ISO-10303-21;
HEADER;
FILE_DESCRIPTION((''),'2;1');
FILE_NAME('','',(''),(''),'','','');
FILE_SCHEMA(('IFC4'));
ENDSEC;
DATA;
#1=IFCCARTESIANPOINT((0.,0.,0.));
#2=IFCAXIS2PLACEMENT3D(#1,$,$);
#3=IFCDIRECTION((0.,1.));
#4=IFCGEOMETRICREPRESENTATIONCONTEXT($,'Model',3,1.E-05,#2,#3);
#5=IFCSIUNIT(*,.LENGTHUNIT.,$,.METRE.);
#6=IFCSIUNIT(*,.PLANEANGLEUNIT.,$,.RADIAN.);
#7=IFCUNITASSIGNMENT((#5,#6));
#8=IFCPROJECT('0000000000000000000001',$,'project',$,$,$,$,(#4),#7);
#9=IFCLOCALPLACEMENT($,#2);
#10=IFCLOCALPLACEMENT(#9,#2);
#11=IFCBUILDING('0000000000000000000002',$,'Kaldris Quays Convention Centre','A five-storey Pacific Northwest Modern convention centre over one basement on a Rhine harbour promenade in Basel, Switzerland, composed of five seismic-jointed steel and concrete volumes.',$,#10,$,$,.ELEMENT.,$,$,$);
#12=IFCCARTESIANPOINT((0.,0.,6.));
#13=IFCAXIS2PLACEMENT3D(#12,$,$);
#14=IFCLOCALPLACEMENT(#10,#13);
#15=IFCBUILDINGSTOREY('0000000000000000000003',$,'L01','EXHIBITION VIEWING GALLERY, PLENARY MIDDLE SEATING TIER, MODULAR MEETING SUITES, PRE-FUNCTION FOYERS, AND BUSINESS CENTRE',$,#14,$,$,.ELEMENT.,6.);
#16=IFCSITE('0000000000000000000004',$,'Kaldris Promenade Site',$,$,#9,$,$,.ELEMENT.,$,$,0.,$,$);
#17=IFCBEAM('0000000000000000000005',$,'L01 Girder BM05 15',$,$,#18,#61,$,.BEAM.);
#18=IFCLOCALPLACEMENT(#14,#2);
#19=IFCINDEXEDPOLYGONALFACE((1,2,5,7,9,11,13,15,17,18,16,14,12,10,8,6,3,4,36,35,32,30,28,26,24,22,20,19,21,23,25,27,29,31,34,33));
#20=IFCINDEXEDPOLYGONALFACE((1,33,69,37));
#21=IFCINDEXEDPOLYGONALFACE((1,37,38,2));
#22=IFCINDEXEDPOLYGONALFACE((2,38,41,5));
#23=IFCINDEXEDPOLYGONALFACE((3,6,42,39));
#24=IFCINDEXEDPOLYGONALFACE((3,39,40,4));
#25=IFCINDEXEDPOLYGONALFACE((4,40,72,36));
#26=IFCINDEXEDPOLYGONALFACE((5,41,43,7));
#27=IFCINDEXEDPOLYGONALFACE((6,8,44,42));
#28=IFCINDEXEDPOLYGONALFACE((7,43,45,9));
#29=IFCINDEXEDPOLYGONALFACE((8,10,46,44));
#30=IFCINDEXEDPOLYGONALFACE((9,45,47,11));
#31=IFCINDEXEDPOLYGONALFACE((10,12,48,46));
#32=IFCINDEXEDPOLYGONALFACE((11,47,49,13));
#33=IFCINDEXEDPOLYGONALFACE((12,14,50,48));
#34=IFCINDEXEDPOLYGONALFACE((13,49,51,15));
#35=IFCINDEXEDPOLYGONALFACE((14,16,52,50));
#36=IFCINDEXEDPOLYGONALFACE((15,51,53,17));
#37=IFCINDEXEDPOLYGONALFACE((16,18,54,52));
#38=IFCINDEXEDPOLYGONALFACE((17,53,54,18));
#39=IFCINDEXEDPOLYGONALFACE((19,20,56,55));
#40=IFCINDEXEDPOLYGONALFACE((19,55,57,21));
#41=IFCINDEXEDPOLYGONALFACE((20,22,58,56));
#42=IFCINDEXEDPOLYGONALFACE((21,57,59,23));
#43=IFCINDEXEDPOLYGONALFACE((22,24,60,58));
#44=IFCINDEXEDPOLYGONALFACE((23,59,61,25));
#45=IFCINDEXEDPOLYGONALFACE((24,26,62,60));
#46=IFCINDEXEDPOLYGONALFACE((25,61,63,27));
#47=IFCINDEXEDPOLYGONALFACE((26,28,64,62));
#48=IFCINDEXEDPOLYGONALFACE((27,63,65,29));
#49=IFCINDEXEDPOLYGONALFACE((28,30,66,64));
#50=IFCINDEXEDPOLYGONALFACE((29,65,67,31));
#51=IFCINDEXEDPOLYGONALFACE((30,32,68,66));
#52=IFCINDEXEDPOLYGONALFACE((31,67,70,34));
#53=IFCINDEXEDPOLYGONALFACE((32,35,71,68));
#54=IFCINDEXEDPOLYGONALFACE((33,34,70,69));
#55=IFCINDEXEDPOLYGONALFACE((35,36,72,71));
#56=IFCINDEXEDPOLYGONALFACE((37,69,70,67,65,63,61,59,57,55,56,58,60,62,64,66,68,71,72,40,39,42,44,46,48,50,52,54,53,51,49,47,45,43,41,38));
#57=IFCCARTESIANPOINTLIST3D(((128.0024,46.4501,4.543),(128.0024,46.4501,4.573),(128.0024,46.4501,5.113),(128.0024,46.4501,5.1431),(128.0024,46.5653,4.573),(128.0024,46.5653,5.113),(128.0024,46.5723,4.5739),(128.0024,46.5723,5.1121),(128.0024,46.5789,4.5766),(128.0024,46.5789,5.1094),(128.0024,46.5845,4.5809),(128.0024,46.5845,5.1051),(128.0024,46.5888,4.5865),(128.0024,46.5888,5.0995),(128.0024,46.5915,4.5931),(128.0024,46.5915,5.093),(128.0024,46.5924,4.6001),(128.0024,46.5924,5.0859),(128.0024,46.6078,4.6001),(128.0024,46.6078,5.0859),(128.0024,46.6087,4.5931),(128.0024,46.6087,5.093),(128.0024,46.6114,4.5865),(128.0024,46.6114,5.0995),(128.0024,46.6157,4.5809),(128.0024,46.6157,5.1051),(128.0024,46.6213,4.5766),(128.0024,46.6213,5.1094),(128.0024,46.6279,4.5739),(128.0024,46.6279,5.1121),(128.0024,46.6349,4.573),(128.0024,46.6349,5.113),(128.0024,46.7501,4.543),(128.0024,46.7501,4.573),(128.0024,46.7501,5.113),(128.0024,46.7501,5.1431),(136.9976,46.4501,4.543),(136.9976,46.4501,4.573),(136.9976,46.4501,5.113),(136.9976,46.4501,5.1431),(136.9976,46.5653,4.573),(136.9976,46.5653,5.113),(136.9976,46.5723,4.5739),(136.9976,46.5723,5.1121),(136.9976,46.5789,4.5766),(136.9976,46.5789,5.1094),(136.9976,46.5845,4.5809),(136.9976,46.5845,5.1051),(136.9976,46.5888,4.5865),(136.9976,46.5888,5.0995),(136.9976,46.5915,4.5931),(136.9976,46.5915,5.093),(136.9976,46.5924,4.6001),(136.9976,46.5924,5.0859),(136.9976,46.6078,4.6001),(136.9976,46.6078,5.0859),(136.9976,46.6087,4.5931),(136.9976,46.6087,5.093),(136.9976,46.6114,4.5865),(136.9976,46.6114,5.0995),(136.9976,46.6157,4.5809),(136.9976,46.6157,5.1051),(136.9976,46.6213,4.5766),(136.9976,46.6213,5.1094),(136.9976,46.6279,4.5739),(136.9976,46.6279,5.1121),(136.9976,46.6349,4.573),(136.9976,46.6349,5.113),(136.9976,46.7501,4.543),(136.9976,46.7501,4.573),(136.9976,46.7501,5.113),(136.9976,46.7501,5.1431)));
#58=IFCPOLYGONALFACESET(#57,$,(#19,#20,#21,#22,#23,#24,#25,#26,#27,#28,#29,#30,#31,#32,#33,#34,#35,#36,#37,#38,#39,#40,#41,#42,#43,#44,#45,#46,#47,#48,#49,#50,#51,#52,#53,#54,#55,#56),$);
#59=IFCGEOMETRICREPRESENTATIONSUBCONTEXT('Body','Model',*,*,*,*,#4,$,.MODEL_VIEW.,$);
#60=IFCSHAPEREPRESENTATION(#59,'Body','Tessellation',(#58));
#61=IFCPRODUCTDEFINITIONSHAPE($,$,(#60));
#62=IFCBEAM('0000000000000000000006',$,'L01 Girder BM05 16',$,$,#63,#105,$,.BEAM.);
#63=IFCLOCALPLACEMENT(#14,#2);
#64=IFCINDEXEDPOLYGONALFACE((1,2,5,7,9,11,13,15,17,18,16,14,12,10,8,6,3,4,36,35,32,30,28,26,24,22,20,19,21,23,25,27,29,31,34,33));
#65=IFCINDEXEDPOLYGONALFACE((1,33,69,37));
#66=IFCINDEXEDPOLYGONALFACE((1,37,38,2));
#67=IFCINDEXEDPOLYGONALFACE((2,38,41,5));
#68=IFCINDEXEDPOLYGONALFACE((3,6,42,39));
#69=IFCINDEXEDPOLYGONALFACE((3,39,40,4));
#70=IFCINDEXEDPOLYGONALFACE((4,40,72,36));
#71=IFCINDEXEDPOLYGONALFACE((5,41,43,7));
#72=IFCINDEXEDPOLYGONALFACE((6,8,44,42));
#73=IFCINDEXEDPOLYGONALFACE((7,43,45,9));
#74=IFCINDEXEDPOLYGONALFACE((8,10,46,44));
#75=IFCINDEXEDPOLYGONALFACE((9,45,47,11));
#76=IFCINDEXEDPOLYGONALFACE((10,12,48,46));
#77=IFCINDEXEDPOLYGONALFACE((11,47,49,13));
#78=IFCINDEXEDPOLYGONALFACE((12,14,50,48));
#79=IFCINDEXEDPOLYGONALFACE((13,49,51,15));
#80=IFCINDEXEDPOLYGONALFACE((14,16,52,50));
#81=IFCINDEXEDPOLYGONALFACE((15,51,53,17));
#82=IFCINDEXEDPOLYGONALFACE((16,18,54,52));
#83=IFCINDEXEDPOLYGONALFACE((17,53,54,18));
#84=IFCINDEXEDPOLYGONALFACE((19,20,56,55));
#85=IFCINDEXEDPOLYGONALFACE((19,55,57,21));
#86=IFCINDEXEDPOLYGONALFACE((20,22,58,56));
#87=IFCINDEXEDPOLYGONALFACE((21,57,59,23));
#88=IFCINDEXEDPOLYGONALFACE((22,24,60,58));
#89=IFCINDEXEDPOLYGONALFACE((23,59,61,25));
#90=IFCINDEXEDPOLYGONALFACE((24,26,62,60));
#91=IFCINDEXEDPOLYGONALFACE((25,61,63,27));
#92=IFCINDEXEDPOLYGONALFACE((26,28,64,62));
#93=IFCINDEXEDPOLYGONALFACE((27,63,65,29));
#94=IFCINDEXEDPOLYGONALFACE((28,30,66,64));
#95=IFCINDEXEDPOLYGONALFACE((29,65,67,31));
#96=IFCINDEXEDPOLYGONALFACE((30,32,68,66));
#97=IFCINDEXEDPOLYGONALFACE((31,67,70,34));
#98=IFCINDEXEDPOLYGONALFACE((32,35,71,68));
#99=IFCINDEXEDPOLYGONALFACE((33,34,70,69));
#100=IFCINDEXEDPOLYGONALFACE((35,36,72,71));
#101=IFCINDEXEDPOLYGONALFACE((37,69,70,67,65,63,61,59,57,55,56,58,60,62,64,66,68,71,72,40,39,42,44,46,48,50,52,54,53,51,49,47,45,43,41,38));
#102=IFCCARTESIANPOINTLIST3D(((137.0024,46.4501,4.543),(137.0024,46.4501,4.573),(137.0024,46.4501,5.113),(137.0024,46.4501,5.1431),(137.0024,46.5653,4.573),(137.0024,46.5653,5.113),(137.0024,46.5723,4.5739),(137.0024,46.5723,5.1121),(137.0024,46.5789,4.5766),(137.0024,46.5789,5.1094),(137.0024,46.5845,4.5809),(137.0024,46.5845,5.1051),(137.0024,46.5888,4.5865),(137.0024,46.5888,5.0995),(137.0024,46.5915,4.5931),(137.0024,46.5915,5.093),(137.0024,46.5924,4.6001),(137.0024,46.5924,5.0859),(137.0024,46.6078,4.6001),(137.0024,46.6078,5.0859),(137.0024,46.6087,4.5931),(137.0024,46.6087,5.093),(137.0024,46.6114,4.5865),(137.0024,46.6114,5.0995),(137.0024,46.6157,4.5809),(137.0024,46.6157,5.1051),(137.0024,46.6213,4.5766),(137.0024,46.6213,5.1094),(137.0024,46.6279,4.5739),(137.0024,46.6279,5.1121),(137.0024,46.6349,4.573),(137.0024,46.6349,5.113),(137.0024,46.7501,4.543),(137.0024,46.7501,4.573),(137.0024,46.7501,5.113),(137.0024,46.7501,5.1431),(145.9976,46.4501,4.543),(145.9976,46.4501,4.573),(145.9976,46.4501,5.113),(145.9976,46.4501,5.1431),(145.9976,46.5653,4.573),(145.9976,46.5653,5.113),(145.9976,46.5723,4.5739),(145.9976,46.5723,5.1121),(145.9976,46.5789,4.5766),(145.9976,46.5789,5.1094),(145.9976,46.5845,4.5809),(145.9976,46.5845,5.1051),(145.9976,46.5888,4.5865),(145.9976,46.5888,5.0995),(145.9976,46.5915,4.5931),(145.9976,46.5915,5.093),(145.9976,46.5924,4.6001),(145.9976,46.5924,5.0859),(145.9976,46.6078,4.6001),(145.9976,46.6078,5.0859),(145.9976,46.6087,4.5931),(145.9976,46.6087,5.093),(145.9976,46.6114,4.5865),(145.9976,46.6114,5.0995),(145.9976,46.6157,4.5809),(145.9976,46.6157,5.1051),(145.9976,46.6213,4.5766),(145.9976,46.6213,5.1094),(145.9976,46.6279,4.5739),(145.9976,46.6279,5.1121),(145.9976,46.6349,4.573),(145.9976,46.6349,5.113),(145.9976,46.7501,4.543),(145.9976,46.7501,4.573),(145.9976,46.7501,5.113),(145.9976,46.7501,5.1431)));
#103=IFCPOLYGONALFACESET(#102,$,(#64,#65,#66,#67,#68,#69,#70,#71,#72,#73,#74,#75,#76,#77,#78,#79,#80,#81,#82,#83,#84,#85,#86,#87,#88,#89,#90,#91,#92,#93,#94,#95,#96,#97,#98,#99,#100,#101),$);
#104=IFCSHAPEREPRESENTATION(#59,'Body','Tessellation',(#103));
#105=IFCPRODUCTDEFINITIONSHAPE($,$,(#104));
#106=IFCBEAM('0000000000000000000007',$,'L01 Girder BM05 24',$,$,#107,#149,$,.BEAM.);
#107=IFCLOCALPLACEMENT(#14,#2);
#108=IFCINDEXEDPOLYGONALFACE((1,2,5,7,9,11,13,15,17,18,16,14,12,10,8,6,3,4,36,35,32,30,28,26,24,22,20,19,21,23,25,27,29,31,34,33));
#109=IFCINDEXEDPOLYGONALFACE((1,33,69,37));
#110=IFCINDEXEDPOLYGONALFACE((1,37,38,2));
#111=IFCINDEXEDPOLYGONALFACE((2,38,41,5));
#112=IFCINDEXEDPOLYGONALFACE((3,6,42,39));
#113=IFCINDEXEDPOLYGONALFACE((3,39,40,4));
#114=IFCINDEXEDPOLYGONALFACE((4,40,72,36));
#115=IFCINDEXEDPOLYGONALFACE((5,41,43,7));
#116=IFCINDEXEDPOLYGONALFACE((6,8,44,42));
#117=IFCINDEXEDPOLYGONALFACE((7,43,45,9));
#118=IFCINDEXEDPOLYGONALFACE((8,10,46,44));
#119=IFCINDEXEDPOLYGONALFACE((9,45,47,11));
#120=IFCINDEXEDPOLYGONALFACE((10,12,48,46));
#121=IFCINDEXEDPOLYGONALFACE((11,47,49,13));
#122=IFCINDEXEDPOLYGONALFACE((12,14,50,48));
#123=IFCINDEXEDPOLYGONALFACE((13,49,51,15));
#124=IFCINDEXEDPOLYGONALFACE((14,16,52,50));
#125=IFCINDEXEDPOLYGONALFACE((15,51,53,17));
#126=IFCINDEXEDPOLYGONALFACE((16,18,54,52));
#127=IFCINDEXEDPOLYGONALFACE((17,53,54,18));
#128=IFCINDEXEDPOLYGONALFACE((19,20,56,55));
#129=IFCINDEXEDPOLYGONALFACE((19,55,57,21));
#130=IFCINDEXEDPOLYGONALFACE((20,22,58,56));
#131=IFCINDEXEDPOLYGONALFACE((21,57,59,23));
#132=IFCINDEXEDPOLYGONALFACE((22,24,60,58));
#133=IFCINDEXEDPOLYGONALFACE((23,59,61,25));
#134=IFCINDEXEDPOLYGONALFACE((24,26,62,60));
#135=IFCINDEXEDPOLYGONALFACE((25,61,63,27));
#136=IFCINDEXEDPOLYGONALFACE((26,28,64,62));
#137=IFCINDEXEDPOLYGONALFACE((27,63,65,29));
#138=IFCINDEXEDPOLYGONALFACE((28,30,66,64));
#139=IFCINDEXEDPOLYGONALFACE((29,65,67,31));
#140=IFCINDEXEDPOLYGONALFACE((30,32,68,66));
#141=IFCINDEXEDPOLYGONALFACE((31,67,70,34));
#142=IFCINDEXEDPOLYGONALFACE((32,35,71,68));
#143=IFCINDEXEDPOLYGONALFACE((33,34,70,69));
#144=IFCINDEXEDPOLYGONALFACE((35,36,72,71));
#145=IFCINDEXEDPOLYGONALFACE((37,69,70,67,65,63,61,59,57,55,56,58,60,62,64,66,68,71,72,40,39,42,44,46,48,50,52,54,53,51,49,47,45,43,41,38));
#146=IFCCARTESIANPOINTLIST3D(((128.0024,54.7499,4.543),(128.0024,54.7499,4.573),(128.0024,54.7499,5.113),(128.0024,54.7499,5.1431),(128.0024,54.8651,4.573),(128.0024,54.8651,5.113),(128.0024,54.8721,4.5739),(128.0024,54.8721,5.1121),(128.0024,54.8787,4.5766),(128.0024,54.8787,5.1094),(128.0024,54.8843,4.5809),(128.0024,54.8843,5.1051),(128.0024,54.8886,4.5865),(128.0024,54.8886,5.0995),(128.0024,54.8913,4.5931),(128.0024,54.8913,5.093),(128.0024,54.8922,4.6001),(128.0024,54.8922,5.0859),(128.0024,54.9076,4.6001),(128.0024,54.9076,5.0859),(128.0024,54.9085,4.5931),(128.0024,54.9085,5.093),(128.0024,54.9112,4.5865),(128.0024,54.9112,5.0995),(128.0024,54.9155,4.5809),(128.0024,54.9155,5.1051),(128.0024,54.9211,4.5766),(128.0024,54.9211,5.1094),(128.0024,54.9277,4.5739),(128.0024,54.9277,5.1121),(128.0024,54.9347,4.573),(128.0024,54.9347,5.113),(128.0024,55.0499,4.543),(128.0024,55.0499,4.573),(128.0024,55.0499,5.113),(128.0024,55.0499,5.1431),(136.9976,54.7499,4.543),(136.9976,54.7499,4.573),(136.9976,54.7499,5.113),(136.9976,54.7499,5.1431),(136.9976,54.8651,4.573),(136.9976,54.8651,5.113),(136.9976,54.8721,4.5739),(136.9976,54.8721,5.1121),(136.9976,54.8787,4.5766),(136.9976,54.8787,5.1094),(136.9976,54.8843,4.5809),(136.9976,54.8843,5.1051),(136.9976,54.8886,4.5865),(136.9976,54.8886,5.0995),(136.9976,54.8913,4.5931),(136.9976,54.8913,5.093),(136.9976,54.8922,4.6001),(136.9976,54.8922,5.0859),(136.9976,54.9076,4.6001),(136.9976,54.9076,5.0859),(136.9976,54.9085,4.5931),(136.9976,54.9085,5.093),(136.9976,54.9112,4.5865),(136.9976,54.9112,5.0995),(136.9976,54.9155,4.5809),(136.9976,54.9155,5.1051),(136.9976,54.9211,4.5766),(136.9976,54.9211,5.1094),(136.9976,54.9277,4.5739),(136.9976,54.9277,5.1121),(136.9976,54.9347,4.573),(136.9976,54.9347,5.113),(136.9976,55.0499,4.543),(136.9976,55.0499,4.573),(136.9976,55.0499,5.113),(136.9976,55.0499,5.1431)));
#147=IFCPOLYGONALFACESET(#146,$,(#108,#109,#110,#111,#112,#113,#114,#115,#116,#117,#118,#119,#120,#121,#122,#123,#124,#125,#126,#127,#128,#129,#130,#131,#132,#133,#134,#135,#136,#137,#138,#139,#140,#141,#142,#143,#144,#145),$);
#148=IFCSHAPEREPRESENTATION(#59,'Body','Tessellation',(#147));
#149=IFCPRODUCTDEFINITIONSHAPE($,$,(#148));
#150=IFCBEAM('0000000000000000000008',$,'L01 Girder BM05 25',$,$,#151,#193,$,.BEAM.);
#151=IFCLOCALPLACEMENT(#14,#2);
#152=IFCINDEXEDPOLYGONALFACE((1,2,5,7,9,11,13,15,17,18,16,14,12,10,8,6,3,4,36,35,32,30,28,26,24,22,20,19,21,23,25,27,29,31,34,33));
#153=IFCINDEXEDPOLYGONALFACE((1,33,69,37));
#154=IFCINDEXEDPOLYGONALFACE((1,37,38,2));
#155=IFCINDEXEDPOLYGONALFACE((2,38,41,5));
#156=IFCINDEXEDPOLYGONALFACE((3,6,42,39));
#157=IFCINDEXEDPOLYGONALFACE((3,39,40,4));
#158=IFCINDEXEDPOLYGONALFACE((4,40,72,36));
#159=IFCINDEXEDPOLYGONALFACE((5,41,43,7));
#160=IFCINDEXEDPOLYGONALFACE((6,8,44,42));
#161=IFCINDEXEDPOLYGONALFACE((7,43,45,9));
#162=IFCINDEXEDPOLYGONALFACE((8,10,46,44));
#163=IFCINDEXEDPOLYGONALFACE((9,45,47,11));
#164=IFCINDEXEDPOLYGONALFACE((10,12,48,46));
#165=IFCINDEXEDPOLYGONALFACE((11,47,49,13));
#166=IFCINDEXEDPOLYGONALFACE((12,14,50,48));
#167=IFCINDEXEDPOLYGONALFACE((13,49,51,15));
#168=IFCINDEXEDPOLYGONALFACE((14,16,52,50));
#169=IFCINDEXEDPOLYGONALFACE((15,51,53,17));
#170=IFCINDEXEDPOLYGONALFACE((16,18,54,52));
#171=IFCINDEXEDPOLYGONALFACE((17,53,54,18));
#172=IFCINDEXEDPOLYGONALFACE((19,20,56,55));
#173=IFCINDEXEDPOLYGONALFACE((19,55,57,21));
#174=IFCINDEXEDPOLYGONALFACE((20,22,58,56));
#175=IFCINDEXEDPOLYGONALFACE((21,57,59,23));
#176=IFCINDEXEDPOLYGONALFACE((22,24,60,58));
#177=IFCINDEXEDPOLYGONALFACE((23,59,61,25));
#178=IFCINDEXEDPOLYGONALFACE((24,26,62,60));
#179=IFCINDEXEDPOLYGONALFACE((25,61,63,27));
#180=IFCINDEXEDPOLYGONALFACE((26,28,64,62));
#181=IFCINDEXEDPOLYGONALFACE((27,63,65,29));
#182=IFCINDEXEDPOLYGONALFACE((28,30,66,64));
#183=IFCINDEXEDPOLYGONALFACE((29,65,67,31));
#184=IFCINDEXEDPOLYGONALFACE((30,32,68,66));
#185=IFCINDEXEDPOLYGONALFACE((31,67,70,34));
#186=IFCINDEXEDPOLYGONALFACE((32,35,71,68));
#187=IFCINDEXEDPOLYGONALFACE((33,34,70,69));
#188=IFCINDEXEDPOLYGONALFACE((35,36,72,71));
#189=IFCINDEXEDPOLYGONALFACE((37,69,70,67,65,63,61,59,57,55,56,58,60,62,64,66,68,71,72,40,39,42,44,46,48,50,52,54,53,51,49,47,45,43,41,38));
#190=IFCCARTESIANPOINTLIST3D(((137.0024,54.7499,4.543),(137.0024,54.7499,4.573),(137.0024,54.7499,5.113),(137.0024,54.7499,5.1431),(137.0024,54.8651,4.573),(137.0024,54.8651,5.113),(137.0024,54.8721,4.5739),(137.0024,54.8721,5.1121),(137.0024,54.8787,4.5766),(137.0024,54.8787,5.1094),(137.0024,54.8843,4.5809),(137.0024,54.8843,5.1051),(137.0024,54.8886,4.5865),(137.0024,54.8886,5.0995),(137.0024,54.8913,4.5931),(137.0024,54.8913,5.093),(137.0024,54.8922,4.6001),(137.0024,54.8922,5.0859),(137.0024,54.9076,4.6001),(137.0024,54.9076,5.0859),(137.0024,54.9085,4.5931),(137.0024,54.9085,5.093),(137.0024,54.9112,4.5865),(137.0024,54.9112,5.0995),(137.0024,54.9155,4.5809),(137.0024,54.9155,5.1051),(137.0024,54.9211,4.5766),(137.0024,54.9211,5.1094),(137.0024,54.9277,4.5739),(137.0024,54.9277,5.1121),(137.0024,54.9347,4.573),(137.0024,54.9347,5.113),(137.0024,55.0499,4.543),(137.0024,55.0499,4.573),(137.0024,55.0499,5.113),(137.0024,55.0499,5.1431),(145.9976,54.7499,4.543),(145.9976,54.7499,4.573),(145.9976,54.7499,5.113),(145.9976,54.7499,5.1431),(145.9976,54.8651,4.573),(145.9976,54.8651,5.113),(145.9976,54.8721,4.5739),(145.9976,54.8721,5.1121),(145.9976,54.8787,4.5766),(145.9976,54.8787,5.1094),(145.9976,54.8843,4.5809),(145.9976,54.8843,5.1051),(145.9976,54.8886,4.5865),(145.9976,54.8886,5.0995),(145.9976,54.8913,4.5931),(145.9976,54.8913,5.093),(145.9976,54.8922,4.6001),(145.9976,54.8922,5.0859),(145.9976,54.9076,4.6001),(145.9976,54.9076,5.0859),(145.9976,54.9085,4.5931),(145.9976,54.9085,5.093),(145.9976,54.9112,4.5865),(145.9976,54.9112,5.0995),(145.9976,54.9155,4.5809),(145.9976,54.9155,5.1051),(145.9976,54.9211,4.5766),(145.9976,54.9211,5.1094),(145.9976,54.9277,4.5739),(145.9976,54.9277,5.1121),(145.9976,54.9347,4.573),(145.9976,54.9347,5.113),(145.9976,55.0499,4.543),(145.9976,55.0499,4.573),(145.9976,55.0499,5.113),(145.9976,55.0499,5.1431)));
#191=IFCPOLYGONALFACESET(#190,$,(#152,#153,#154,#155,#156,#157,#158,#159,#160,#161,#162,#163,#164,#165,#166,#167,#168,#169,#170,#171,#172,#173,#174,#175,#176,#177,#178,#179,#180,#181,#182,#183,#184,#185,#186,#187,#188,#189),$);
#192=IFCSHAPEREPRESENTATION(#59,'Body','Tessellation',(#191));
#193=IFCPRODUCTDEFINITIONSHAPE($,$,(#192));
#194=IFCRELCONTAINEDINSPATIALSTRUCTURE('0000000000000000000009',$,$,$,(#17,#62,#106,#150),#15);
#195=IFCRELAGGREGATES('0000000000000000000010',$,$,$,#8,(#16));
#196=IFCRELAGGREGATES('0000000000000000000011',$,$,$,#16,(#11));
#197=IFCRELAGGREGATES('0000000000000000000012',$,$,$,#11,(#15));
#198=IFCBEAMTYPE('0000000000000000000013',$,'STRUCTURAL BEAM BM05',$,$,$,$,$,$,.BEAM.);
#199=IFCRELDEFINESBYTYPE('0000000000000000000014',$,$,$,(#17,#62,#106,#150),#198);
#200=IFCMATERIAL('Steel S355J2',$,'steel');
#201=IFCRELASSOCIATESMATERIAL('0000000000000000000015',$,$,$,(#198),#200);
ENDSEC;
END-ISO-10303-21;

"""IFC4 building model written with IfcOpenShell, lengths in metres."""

from ifc_helpers import new_model, si_unit, direction, frame, origin, origin_2d, place, context, subcontext, project, spatial, i_section, extrude, material, material_profile, profile_set, type_object, element, save


model = new_model("IFC4")

# Units and contexts
model_context = context("Model", 3, precision=1e-05, world=origin(), true_north=direction((0.0, 1.0)))
body_context = subcontext(model_context, "Body", "Model", "MODEL_VIEW")
ifc_project = project(units=[si_unit("LENGTHUNIT", "METRE"), si_unit("PLANEANGLEUNIT", "RADIAN")], contexts=[model_context])

# Site, building, storey
site_placement = place(None, origin())
site = spatial("IfcSite", under=ifc_project, at=site_placement, Name="Kaldris Promenade Site", CompositionType="ELEMENT", RefElevation=0.0)
building_placement = place(site_placement, origin())
building = spatial("IfcBuilding", under=site, at=building_placement, Name="Kaldris Quays Convention Centre", Description="A five-storey Pacific Northwest Modern convention centre over one basement on a Rhine harbour promenade in Basel, Switzerland, composed of five seismic-jointed steel and concrete volumes.", CompositionType="ELEMENT")
storey_placement = place(building_placement, frame((0.0, 0.0, 6.0)))
storey = spatial("IfcBuildingStorey", under=building, at=storey_placement, Name="L01", Description="EXHIBITION VIEWING GALLERY, PLENARY MIDDLE SEATING TIER, MODULAR MEETING SUITES, PRE-FUNCTION FOYERS, AND BUSINESS CENTRE", CompositionType="ELEMENT", Elevation=6.0)

# Shared definitions
ifc_material_1 = material(Name="Steel S355J2", Category="steel")

# Beams
ifc_material_profile_1 = material_profile(ifc_material_1, i_section(OverallWidth=0.3, OverallDepth=0.6001, WebThickness=0.0154, FlangeThickness=0.03, FilletRadius=0.0271, at=origin_2d()), Name="HEB 600")
ifc_profile_set_1 = profile_set([ifc_material_profile_1], Name="Steel S355J2")
beam_type_1 = type_object("IfcBeamType", Name="STRUCTURAL BEAM BM05", PredefinedType="BEAM", material=ifc_profile_set_1)
for number, where, z_axis, x_axis, name in (
    (1, (128.0024, 46.6001, 4.843), (1.0, 0.0, 0.0), (0.0, 1.0, 0.0), "L01 Girder BM05 15"),
    (2, (137.0024, 46.6001, 4.843), (1.0, 0.0, 0.0), (0.0, 1.0, 0.0), "L01 Girder BM05 16"),
    (3, (128.0024, 54.8999, 4.843), (1.0, 0.0, 0.0), (0.0, 1.0, 0.0), "L01 Girder BM05 24"),
    (4, (137.0024, 54.8999, 4.843), (1.0, 0.0, 0.0), (0.0, 1.0, 0.0), "L01 Girder BM05 25"),
):
    element("IfcBeam", number, at=place(storey_placement, frame(where, z_axis=z_axis, x_axis=x_axis)), inside=storey, type_object=beam_type_1, Name=name, PredefinedType="BEAM", context=body_context, shape_type="SweptSolid", body=[
        extrude(i_section(OverallWidth=0.3, OverallDepth=0.6001, WebThickness=0.0154, FlangeThickness=0.03, FilletRadius=0.0271, at=origin_2d()), origin(), (0.0, 0.0, 1.0), 8.9951),
    ])

save(model, "model.ifc")
